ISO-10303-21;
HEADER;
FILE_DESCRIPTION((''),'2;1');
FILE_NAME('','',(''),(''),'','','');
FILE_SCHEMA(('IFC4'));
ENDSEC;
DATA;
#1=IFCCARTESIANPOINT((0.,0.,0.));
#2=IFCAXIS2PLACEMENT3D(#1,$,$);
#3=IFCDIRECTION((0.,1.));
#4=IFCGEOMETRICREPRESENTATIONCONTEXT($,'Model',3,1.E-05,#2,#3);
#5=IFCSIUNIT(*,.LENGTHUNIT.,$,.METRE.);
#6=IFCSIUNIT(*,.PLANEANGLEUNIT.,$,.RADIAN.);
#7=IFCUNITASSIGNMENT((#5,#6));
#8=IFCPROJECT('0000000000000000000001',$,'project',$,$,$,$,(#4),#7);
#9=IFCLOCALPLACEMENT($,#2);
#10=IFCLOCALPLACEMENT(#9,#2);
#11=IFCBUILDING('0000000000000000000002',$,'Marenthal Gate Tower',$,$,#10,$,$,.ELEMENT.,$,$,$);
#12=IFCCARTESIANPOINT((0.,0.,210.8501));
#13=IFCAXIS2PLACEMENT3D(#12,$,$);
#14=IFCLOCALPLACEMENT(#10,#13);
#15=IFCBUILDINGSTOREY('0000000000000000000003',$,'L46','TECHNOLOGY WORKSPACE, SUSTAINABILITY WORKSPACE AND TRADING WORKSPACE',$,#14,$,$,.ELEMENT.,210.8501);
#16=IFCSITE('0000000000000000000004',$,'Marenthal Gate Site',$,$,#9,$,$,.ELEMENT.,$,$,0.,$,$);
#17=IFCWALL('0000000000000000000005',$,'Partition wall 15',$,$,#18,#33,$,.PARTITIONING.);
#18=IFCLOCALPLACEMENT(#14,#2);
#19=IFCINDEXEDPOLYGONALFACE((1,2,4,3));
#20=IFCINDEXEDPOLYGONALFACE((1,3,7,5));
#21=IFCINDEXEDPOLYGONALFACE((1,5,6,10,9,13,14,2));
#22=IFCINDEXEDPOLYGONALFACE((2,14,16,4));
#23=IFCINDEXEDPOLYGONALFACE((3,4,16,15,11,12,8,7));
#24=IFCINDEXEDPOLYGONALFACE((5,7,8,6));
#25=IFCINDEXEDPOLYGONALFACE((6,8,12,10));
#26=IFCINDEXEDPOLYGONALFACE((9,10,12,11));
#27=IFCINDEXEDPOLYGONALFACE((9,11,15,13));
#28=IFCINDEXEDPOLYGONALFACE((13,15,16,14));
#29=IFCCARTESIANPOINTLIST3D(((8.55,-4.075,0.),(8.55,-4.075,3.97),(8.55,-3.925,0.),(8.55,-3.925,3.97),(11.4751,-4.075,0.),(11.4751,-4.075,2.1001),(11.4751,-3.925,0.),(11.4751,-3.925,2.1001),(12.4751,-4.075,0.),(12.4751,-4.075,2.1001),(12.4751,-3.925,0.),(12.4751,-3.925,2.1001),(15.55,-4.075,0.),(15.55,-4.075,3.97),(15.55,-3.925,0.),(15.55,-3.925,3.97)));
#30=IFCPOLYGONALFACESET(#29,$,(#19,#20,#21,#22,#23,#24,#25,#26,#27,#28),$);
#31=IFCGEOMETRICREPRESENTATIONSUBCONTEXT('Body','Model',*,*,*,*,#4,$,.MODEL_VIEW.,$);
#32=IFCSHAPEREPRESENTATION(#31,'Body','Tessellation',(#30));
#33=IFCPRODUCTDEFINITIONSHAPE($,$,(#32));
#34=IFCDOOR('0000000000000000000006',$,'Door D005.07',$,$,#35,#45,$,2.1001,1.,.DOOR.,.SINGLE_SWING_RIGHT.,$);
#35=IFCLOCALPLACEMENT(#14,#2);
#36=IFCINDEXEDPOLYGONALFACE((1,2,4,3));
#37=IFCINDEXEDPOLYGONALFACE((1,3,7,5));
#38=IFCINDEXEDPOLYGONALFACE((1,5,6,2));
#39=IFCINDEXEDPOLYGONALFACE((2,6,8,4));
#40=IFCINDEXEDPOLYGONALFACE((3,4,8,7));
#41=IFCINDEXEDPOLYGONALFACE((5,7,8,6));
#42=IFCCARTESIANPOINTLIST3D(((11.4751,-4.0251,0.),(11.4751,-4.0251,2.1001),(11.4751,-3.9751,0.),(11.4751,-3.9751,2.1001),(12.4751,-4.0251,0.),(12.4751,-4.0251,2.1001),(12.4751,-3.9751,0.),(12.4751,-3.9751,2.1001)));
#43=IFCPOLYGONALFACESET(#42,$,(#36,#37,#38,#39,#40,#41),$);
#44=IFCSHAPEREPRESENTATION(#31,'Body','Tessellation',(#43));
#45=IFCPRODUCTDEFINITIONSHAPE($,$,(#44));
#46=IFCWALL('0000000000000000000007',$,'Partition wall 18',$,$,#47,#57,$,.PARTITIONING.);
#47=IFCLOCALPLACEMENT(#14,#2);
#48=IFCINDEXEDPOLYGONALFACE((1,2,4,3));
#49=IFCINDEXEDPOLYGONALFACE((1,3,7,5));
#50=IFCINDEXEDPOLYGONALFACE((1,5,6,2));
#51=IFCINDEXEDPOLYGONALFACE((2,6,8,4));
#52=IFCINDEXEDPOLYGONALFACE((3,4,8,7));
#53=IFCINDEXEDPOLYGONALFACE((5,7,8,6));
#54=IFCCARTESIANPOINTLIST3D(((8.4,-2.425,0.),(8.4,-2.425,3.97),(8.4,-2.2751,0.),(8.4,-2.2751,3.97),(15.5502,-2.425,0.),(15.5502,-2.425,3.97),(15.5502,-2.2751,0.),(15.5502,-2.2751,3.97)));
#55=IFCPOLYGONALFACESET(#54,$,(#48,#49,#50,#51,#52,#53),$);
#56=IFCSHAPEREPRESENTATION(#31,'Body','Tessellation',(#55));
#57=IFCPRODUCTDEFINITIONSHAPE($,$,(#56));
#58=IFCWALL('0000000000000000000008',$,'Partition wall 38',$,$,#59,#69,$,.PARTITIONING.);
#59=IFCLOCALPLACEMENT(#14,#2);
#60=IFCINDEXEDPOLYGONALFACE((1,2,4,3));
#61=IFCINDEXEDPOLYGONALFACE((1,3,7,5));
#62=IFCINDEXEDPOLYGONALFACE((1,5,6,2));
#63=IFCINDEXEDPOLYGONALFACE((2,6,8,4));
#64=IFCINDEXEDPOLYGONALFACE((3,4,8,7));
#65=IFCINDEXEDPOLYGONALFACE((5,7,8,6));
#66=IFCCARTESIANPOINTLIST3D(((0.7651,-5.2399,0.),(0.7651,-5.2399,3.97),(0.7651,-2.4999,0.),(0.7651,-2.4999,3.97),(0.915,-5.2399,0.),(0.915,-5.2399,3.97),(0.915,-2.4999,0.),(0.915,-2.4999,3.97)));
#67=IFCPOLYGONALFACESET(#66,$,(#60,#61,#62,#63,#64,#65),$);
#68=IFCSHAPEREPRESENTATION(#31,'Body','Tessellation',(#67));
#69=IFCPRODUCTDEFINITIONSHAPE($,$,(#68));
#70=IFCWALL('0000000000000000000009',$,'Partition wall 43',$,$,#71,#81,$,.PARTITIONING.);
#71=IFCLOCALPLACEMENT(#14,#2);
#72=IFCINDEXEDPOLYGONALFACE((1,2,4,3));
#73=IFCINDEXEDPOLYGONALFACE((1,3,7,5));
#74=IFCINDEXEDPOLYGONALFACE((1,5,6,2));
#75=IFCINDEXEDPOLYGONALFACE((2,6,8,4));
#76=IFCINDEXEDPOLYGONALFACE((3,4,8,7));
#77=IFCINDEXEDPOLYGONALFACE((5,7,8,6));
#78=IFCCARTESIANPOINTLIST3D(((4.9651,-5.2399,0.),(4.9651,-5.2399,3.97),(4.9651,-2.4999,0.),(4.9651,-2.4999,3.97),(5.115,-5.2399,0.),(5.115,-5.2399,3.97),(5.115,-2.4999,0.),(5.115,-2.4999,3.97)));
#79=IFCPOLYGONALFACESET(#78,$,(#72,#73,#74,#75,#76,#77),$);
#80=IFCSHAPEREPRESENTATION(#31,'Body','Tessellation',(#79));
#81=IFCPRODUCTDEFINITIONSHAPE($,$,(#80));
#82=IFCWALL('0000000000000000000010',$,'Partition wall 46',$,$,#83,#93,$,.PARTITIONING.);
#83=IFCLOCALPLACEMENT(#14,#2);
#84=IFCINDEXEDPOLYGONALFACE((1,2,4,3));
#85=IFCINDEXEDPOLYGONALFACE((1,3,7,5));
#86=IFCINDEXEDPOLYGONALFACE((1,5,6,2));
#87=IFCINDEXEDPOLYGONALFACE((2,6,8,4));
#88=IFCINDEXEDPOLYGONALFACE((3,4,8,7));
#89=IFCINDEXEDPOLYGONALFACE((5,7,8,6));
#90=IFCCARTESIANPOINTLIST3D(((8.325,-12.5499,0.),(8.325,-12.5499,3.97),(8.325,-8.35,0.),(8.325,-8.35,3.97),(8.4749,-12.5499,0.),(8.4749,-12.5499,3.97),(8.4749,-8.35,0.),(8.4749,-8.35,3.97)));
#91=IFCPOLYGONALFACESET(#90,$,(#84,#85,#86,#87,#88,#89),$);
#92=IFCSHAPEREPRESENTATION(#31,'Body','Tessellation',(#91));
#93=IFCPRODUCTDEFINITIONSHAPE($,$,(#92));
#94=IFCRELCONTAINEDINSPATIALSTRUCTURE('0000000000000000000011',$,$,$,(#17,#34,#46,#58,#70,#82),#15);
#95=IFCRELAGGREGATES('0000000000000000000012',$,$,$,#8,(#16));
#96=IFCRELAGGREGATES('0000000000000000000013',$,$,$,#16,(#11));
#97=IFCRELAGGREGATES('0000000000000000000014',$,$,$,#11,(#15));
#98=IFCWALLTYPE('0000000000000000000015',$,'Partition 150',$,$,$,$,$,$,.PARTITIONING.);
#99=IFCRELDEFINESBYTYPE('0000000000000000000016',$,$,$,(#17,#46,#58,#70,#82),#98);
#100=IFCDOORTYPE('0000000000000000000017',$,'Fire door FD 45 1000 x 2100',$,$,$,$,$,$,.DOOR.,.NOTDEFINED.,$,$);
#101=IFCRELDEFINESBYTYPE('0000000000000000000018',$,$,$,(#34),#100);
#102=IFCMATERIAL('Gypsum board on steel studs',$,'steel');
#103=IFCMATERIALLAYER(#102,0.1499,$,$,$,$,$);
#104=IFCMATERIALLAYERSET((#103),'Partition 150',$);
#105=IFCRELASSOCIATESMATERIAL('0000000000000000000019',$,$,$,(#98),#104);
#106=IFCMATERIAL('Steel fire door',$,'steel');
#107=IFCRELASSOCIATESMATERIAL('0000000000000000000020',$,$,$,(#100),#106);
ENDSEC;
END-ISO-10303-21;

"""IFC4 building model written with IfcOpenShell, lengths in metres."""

from ifc_helpers import new_model, si_unit, direction, frame, frame_2d, origin, place, context, subcontext, project, spatial, rectangle, extrude, material, layer, layer_set, type_object, element, fill, save


model = new_model("IFC4")

# Units and contexts
model_context = context("Model", 3, precision=1e-05, world=origin(), true_north=direction((0.0, 1.0)))
body_context = subcontext(model_context, "Body", "Model", "MODEL_VIEW")
ifc_project = project(units=[si_unit("LENGTHUNIT", "METRE"), si_unit("PLANEANGLEUNIT", "RADIAN")], contexts=[model_context])

# Site, building, storey
site_placement = place(None, origin())
site = spatial("IfcSite", under=ifc_project, at=site_placement, Name="Marenthal Gate Site", CompositionType="ELEMENT", RefElevation=0.0)
building_placement = place(site_placement, origin())
building = spatial("IfcBuilding", under=site, at=building_placement, Name="Marenthal Gate Tower", CompositionType="ELEMENT")
storey_placement = place(building_placement, frame((0.0, 0.0, 210.8501)))
storey = spatial("IfcBuildingStorey", under=building, at=storey_placement, Name="L46", Description="TECHNOLOGY WORKSPACE, SUSTAINABILITY WORKSPACE AND TRADING WORKSPACE", CompositionType="ELEMENT", Elevation=210.8501)

# Wall, opening, door
ifc_material_1 = material(Name="Gypsum board on steel studs", Category="steel")
ifc_layer_1 = layer(ifc_material_1, 0.1499)
ifc_layer_set_1 = layer_set([ifc_layer_1], Name="Partition 150")
wall_type_1 = type_object("IfcWallType", Name="Partition 150", PredefinedType="PARTITIONING", material=ifc_layer_set_1)
ifc_material_2 = material(Name="Steel fire door", Category="steel")
door_type_1 = type_object("IfcDoorType", Name="Fire door FD 45 1000 x 2100", OperationType="NOTDEFINED", PredefinedType="DOOR", material=ifc_material_2)
wall_1_placement = place(storey_placement, frame((8.55, -4.0, 0.0), z_axis=(0.0, 0.0, 1.0), x_axis=(1.0, 0.0, 0.0)))
wall_1 = element("IfcWall", 1, at=wall_1_placement, inside=storey, type_object=wall_type_1, Name="Partition wall 15", PredefinedType="PARTITIONING", context=body_context, shape_type="SweptSolid", body=[
    extrude(rectangle(XDim=7.0, YDim=0.1499, at=frame_2d((3.5, 0.0))), origin(), (0.0, 0.0, 1.0), 3.97),
])
opening_1_placement = place(wall_1_placement, frame((2.925, 0.0, 0.0)))
opening_1 = element("IfcOpeningElement", 2, at=opening_1_placement, cuts=wall_1, PredefinedType="OPENING", context=body_context, shape_type="SweptSolid", body=[
    extrude(rectangle(XDim=1.0, YDim=2.1001, at=frame_2d((0.5, 1.05))), frame((0.0, 0.085, 0.0), z_axis=(0.0, -1.0, 0.0), x_axis=(1.0, 0.0, 0.0)), (0.0, 0.0, 1.0), 0.1699),
])
door_1_placement = place(opening_1_placement, origin())
door_1 = element("IfcDoor", 3, at=door_1_placement, inside=storey, type_object=door_type_1, Name="Door D005.07", OperationType="SINGLE_SWING_RIGHT", OverallHeight=2.1001, OverallWidth=1.0, PredefinedType="DOOR", context=body_context, shape_type="SweptSolid", body=[
    extrude(rectangle(XDim=1.0, YDim=2.1001, at=frame_2d((0.5, 1.05))), frame((0.0, 0.0249, 0.0), z_axis=(0.0, -1.0, 0.0), x_axis=(1.0, 0.0, 0.0)), (0.0, 0.0, 1.0), 0.05),
])
fill(opening_1, door_1)

# Walls
wall_2_placement = place(storey_placement, frame((8.3999, -2.3501, 0.0), z_axis=(0.0, 0.0, 1.0), x_axis=(1.0, 0.0, 0.0)))
element("IfcWall", 4, at=wall_2_placement, inside=storey, type_object=wall_type_1, Name="Partition wall 18", PredefinedType="PARTITIONING", context=body_context, shape_type="SweptSolid", body=[
    extrude(rectangle(XDim=7.1501, YDim=0.1499, at=frame_2d((3.5752, 0.0))), origin(), (0.0, 0.0, 1.0), 3.97),
])
for number, where, z_axis, x_axis, name in (
    (5, (0.8401, -5.24, 0.0), (0.0, 0.0, 1.0), (0.0, 1.0, 0.0), "Partition wall 38"),
    (6, (5.04, -5.24, 0.0), (0.0, 0.0, 1.0), (0.0, 1.0, 0.0), "Partition wall 43"),
):
    element("IfcWall", number, at=place(storey_placement, frame(where, z_axis=z_axis, x_axis=x_axis)), inside=storey, type_object=wall_type_1, Name=name, PredefinedType="PARTITIONING", context=body_context, shape_type="SweptSolid", body=[
        extrude(rectangle(XDim=2.74, YDim=0.1499, at=frame_2d((1.3701, 0.0))), origin(), (0.0, 0.0, 1.0), 3.97),
    ])
wall_3_placement = place(storey_placement, frame((8.3999, -12.55, 0.0), z_axis=(0.0, 0.0, 1.0), x_axis=(0.0, 1.0, 0.0)))
element("IfcWall", 7, at=wall_3_placement, inside=storey, type_object=wall_type_1, Name="Partition wall 46", PredefinedType="PARTITIONING", context=body_context, shape_type="SweptSolid", body=[
    extrude(rectangle(XDim=4.2, YDim=0.1499, at=frame_2d((2.1001, 0.0))), origin(), (0.0, 0.0, 1.0), 3.97),
])

save(model, "model.ifc")
